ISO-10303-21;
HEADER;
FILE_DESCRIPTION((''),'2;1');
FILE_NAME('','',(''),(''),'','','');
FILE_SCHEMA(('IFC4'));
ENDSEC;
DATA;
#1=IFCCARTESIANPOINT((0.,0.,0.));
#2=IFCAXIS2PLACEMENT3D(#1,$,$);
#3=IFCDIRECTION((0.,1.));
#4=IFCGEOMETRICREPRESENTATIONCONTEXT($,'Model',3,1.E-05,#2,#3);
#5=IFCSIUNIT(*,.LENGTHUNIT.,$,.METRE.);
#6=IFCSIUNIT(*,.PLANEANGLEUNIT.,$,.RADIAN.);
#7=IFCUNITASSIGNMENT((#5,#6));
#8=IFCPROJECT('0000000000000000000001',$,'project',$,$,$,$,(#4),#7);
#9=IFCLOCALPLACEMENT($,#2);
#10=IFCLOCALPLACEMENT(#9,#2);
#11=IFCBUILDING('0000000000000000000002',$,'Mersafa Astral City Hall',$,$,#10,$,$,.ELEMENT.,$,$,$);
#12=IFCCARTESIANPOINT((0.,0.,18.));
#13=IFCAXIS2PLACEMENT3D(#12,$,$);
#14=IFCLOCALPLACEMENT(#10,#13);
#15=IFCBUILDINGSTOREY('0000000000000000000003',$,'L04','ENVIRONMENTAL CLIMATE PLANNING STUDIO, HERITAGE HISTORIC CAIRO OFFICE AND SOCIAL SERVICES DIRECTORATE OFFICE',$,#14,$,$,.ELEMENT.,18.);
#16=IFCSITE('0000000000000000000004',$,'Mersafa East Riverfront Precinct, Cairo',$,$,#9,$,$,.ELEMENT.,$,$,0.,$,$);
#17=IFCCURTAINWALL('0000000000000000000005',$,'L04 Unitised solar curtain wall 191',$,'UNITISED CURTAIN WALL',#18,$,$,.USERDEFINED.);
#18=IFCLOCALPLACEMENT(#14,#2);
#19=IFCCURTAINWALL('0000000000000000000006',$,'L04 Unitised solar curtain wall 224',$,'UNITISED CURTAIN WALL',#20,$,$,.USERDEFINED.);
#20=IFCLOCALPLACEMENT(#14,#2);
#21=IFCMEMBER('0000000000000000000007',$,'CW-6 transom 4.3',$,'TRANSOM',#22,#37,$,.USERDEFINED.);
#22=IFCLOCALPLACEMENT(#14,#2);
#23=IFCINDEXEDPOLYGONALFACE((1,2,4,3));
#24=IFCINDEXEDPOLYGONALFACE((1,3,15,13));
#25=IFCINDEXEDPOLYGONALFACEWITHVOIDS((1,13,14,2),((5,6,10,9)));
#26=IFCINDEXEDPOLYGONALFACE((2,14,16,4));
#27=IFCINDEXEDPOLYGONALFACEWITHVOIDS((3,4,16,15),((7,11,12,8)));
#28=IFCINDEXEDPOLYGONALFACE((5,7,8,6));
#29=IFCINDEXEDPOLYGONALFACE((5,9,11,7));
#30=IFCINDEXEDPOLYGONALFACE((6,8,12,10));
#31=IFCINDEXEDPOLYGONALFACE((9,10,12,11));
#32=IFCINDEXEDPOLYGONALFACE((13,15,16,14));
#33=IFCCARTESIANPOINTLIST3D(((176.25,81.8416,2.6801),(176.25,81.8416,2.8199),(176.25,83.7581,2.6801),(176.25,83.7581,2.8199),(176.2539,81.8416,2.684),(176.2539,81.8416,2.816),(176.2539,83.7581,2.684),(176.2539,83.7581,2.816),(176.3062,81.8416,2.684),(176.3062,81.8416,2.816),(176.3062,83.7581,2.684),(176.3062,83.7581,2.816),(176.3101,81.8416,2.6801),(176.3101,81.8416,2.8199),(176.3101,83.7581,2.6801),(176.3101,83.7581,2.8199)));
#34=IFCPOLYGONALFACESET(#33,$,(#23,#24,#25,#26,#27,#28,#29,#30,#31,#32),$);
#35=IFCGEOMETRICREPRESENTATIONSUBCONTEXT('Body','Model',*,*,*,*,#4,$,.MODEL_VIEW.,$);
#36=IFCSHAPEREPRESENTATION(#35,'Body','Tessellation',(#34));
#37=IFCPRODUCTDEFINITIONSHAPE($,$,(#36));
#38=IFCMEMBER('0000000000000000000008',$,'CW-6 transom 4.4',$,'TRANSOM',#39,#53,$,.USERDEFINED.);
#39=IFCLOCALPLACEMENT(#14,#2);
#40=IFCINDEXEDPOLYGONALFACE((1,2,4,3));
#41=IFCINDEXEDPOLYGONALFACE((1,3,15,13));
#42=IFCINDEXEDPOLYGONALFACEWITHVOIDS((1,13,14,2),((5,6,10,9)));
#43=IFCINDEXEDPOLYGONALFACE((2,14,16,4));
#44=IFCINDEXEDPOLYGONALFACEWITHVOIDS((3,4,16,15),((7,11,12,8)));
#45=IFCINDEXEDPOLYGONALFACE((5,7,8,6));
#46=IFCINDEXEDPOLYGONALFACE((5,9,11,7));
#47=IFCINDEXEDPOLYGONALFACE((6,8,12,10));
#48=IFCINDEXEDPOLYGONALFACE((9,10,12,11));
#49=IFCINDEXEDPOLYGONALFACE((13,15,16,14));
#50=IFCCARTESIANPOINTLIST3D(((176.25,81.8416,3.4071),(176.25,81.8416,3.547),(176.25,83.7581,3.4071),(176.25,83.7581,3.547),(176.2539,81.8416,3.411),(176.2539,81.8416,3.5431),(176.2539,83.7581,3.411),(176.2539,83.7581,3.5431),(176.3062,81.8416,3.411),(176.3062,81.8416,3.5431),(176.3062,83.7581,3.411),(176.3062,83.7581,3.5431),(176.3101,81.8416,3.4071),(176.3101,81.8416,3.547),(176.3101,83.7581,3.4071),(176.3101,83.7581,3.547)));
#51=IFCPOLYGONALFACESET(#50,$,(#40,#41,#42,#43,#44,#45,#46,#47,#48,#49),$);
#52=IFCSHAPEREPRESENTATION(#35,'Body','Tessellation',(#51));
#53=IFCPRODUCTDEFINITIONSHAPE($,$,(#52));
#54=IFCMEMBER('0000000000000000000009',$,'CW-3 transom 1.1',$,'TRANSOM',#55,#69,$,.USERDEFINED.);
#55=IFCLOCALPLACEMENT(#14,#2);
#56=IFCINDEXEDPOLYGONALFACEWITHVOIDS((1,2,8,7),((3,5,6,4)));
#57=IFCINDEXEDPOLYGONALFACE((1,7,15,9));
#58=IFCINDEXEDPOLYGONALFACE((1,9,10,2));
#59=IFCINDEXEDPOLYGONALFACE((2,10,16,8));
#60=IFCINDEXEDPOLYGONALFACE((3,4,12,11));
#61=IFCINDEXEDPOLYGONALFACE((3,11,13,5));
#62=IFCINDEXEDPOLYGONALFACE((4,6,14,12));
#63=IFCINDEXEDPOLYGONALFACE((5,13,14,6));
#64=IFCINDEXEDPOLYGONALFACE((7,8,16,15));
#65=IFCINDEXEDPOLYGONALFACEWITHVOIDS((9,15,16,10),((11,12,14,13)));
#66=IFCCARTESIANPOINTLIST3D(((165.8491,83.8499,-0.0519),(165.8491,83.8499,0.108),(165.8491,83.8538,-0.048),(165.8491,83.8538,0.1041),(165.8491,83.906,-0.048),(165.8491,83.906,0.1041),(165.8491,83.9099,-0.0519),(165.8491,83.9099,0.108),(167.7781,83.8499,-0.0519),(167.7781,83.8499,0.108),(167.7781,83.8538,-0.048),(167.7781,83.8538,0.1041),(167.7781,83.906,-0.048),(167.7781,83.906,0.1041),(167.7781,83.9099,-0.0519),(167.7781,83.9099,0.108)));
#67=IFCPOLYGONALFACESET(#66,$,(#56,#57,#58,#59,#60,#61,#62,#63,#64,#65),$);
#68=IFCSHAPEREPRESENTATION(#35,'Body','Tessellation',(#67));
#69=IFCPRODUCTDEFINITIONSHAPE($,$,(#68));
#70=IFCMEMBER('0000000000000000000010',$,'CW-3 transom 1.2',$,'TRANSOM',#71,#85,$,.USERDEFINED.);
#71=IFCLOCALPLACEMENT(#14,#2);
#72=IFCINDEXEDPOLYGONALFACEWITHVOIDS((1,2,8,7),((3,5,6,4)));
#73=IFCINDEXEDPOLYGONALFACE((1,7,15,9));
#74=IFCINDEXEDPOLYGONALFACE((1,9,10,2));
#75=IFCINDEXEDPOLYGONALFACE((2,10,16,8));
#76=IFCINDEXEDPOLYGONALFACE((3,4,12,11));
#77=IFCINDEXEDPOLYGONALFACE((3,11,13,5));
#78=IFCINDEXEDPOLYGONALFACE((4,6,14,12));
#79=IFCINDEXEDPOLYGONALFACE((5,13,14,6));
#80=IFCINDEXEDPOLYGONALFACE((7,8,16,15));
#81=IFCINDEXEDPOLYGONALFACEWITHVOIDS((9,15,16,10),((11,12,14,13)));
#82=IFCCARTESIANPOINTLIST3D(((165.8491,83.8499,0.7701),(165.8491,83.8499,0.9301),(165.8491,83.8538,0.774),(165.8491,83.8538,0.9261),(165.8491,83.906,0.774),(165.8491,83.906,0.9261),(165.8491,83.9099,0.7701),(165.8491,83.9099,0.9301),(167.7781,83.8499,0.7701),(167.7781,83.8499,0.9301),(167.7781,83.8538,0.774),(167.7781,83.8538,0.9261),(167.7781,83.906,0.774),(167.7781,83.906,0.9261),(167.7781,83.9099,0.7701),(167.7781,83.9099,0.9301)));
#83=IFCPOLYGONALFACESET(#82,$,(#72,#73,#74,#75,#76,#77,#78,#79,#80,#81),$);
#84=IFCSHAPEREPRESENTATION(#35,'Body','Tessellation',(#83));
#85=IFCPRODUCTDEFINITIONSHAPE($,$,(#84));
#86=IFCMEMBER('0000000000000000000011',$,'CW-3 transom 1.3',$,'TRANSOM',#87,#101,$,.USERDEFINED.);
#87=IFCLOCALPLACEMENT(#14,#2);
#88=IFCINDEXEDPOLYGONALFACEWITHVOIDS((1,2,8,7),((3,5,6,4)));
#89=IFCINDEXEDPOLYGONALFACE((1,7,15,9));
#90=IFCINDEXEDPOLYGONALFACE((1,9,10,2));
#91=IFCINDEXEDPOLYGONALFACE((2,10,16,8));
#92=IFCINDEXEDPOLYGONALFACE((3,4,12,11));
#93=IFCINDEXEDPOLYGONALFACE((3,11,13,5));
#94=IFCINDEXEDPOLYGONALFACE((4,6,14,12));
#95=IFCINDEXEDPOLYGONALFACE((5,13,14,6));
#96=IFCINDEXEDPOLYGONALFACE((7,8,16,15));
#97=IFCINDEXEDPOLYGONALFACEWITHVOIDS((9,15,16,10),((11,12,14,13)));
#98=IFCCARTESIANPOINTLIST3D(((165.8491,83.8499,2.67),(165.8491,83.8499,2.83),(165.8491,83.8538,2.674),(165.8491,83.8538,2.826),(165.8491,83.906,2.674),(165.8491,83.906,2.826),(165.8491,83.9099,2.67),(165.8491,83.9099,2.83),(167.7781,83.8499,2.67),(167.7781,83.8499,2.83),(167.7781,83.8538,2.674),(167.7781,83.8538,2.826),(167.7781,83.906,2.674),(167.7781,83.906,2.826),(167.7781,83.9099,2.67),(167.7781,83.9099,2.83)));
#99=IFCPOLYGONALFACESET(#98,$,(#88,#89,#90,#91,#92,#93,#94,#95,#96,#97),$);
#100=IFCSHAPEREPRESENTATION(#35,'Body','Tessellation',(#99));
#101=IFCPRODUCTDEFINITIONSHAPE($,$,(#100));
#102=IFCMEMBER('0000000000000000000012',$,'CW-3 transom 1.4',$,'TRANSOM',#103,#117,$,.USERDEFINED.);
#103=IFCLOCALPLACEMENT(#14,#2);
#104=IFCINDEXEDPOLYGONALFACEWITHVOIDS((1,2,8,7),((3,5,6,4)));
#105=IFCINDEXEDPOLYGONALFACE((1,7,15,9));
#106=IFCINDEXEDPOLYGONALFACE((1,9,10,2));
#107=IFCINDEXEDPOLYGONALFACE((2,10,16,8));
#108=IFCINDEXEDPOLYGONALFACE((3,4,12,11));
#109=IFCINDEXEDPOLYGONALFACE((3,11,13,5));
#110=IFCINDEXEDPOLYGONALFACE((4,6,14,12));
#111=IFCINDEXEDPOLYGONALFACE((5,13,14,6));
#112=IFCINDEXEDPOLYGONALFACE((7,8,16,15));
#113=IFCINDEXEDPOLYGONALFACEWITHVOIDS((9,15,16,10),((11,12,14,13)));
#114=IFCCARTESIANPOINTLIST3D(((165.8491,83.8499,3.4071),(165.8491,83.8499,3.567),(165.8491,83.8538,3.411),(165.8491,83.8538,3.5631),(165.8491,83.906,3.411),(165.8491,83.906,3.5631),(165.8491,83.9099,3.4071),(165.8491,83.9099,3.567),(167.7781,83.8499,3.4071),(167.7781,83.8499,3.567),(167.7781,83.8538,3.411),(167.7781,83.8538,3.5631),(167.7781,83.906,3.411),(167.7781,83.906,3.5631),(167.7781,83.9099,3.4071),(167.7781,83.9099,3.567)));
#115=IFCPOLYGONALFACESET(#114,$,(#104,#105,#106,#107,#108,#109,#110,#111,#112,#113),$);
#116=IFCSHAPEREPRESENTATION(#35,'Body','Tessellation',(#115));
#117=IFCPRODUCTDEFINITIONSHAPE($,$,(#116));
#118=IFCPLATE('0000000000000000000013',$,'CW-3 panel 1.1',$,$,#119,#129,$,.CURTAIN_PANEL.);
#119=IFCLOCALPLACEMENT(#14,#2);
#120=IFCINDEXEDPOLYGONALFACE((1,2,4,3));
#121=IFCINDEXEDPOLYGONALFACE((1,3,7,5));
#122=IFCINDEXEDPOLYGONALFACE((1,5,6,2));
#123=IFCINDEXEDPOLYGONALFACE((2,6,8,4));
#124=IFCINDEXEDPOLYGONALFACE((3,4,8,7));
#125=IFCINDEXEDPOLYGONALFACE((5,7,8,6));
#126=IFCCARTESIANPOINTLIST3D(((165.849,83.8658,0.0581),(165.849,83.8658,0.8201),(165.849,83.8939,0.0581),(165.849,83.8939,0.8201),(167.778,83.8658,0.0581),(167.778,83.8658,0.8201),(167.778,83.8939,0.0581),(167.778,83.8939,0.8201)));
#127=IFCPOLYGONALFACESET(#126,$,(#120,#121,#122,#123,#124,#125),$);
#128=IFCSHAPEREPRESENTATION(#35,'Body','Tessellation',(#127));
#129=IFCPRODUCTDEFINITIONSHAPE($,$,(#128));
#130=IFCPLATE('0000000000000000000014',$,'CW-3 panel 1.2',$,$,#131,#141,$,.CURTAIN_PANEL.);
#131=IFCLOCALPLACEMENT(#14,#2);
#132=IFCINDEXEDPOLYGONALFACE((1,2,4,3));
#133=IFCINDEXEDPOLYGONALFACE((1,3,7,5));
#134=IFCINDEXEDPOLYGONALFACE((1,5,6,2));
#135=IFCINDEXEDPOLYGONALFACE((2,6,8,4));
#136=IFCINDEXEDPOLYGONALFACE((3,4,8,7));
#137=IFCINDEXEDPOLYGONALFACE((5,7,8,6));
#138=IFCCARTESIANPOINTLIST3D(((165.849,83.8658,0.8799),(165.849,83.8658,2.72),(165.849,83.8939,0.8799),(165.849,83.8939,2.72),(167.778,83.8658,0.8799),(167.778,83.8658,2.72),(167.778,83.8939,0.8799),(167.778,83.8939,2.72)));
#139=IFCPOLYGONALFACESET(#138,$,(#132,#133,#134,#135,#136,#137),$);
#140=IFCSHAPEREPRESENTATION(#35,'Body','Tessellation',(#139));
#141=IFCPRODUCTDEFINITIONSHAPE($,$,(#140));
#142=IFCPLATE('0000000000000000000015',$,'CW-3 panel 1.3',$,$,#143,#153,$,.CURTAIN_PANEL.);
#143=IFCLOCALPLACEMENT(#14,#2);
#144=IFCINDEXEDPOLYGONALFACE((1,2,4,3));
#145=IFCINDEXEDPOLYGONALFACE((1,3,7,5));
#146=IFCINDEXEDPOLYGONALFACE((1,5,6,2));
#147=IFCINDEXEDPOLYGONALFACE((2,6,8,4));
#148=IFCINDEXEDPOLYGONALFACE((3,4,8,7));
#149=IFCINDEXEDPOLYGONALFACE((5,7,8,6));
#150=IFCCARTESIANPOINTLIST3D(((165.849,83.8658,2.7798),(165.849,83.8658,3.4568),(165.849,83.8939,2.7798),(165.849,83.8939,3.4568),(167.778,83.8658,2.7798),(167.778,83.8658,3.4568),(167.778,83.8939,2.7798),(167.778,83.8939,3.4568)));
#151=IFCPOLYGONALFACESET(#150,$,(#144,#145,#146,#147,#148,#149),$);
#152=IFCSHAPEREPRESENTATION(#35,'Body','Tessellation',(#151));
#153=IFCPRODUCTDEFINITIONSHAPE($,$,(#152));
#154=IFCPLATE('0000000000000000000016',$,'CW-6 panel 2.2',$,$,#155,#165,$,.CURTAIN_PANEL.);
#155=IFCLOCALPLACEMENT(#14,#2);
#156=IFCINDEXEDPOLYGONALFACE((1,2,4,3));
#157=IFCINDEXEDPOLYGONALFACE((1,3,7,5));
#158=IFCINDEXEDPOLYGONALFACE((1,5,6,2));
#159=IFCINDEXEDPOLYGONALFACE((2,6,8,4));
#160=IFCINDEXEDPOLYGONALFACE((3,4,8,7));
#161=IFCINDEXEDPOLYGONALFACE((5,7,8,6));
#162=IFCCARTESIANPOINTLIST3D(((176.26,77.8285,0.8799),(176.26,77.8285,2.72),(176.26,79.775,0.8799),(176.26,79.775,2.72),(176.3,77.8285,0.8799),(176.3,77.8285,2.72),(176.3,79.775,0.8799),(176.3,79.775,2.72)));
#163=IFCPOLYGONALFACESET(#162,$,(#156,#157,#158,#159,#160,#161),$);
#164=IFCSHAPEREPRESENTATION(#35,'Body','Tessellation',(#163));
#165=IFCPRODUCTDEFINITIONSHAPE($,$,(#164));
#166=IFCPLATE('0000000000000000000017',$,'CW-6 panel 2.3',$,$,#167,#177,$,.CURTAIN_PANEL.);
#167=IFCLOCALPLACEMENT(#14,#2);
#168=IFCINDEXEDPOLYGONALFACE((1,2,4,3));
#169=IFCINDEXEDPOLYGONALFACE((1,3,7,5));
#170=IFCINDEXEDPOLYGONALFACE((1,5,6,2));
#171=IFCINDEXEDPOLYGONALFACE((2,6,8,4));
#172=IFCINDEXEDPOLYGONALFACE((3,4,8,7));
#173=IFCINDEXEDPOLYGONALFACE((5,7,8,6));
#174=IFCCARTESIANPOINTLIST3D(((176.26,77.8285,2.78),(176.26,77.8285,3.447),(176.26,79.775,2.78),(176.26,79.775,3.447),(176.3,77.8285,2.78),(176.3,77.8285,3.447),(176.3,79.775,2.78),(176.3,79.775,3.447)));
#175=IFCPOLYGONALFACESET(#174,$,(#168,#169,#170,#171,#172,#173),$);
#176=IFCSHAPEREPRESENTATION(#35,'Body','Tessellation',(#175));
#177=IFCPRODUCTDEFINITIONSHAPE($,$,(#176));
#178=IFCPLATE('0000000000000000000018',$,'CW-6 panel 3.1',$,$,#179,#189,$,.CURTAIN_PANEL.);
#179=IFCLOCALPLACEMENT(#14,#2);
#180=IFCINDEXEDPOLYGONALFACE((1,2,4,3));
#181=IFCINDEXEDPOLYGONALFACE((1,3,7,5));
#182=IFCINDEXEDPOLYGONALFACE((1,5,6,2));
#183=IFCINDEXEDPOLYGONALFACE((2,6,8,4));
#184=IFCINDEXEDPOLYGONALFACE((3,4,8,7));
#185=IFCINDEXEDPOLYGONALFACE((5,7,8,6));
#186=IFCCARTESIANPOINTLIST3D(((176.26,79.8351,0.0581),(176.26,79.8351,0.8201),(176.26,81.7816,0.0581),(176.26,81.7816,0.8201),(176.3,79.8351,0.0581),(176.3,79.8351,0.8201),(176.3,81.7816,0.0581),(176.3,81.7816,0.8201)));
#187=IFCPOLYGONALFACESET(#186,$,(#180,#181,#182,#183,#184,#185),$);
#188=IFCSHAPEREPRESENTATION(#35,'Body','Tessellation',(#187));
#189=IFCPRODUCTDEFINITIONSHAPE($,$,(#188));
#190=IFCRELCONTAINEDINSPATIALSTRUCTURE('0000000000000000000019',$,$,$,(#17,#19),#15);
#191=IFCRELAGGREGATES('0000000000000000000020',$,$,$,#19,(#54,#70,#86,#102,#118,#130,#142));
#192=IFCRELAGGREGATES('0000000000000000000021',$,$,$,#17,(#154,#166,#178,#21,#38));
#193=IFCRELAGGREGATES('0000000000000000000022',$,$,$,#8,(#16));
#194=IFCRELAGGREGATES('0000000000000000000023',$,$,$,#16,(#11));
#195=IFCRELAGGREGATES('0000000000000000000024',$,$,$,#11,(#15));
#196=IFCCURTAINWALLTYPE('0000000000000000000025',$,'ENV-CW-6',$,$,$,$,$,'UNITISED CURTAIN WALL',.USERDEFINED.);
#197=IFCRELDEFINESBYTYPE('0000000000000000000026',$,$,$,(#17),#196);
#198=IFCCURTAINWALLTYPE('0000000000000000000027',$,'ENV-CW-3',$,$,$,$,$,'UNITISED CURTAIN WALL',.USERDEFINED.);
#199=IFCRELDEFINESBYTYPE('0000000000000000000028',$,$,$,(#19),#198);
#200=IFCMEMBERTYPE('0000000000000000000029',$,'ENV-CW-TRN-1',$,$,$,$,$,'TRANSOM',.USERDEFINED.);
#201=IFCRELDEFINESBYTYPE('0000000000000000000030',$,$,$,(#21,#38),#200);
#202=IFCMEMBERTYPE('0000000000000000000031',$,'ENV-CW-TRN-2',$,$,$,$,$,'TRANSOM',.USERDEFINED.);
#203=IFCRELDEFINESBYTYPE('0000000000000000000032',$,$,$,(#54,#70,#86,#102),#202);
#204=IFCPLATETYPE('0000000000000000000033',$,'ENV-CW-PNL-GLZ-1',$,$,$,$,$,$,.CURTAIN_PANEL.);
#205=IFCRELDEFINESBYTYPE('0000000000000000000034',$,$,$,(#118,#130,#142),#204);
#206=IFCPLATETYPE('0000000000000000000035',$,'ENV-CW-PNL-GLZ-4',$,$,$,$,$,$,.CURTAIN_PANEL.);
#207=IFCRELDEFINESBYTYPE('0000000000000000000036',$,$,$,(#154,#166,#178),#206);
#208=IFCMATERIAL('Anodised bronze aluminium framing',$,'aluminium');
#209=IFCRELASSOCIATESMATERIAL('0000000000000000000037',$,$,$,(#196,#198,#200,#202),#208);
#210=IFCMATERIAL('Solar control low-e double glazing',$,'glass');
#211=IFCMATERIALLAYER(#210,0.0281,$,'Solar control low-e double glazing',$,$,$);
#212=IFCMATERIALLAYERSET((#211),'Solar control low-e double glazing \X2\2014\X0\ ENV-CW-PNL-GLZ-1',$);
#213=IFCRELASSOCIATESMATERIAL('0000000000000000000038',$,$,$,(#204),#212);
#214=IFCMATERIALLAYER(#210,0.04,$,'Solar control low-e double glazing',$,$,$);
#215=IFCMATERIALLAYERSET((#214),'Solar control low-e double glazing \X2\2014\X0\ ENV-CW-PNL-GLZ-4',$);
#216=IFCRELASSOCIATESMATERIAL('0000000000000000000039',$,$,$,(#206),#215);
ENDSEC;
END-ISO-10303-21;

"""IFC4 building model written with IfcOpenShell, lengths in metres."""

from ifc_helpers import new_model, si_unit, direction, frame, origin, origin_2d, place, context, subcontext, project, spatial, rectangle, hollow_rectangle, extrude, material, layer, layer_set, material_profile, profile_set, type_object, element, aggregate, save


model = new_model("IFC4")

# Units and contexts
model_context = context("Model", 3, precision=1e-05, world=origin(), true_north=direction((0.0, 1.0)))
body_context = subcontext(model_context, "Body", "Model", "MODEL_VIEW")
ifc_project = project(units=[si_unit("LENGTHUNIT", "METRE"), si_unit("PLANEANGLEUNIT", "RADIAN")], contexts=[model_context])

# Site, building, storey
site_placement = place(None, origin())
site = spatial("IfcSite", under=ifc_project, at=site_placement, Name="Mersafa East Riverfront Precinct, Cairo", CompositionType="ELEMENT", RefElevation=0.0)
building_placement = place(site_placement, origin())
building = spatial("IfcBuilding", under=site, at=building_placement, Name="Mersafa Astral City Hall", CompositionType="ELEMENT")
storey_placement = place(building_placement, frame((0.0, 0.0, 18.0)))
storey = spatial("IfcBuildingStorey", under=building, at=storey_placement, Name="L04", Description="ENVIRONMENTAL CLIMATE PLANNING STUDIO, HERITAGE HISTORIC CAIRO OFFICE AND SOCIAL SERVICES DIRECTORATE OFFICE", CompositionType="ELEMENT", Elevation=18.0)

# Curtain walls
ifc_material_1 = material(Name="Anodised bronze aluminium framing", Category="aluminium")
curtain_wall_type_1 = type_object("IfcCurtainWallType", Name="ENV-CW-6", ElementType="UNITISED CURTAIN WALL", PredefinedType="USERDEFINED", material=ifc_material_1)
curtain_wall_1_placement = place(storey_placement, origin())
curtain_wall_1 = element("IfcCurtainWall", 1, at=curtain_wall_1_placement, inside=storey, type_object=curtain_wall_type_1, Name="L04 Unitised solar curtain wall 191", ObjectType="UNITISED CURTAIN WALL", PredefinedType="USERDEFINED")
curtain_wall_type_2 = type_object("IfcCurtainWallType", Name="ENV-CW-3", ElementType="UNITISED CURTAIN WALL", PredefinedType="USERDEFINED", material=ifc_material_1)
curtain_wall_2_placement = place(storey_placement, origin())
curtain_wall_2 = element("IfcCurtainWall", 2, at=curtain_wall_2_placement, inside=storey, type_object=curtain_wall_type_2, Name="L04 Unitised solar curtain wall 224", ObjectType="UNITISED CURTAIN WALL", PredefinedType="USERDEFINED")

# Members
ifc_material_profile_1 = material_profile(ifc_material_1, hollow_rectangle(XDim=0.0601, YDim=0.1399, WallThickness=0.0039, at=origin_2d()), Name="RHS 60x140x4")
ifc_profile_set_1 = profile_set([ifc_material_profile_1], Name="Anodised bronze aluminium framing")
member_type_1 = type_object("IfcMemberType", Name="ENV-CW-TRN-1", ElementType="TRANSOM", PredefinedType="USERDEFINED", material=ifc_profile_set_1)
member_1_placement = place(storey_placement, frame((176.28, 81.8416, 2.75), z_axis=(0.0, 1.0, 0.0), x_axis=(-1.0, 0.0, 0.0)))
member_1 = element("IfcMember", 3, at=member_1_placement, type_object=member_type_1, Name="CW-6 transom 4.3", ObjectType="TRANSOM", PredefinedType="USERDEFINED", context=body_context, shape_type="SweptSolid", body=[
    extrude(hollow_rectangle(XDim=0.0601, YDim=0.1399, WallThickness=0.0039, at=origin_2d()), origin(), (0.0, 0.0, 1.0), 1.9165),
])
member_2_placement = place(storey_placement, frame((176.28, 81.8416, 3.4771), z_axis=(0.0, 1.0, 0.0), x_axis=(-1.0, 0.0, 0.0)))
member_2 = element("IfcMember", 4, at=member_2_placement, type_object=member_type_1, Name="CW-6 transom 4.4", ObjectType="TRANSOM", PredefinedType="USERDEFINED", context=body_context, shape_type="SweptSolid", body=[
    extrude(hollow_rectangle(XDim=0.0601, YDim=0.1399, WallThickness=0.0039, at=origin_2d()), origin(), (0.0, 0.0, 1.0), 1.9165),
])
ifc_material_profile_2 = material_profile(ifc_material_1, hollow_rectangle(XDim=0.0601, YDim=0.1599, WallThickness=0.0039, at=origin_2d()), Name="RHS 60x160x4")
ifc_profile_set_2 = profile_set([ifc_material_profile_2], Name="Anodised bronze aluminium framing")
member_type_2 = type_object("IfcMemberType", Name="ENV-CW-TRN-2", ElementType="TRANSOM", PredefinedType="USERDEFINED", material=ifc_profile_set_2)
member_3_placement = place(storey_placement, frame((167.7781, 83.8799, 0.0281), z_axis=(-1.0, 0.0, 0.0), x_axis=(0.0, -1.0, 0.0)))
member_3 = element("IfcMember", 5, at=member_3_placement, type_object=member_type_2, Name="CW-3 transom 1.1", ObjectType="TRANSOM", PredefinedType="USERDEFINED", context=body_context, shape_type="SweptSolid", body=[
    extrude(hollow_rectangle(XDim=0.0601, YDim=0.1599, WallThickness=0.0039, at=origin_2d()), origin(), (0.0, 0.0, 1.0), 1.929),
])
member_4_placement = place(storey_placement, frame((167.7781, 83.8799, 0.8501), z_axis=(-1.0, 0.0, 0.0), x_axis=(0.0, -1.0, 0.0)))
member_4 = element("IfcMember", 6, at=member_4_placement, type_object=member_type_2, Name="CW-3 transom 1.2", ObjectType="TRANSOM", PredefinedType="USERDEFINED", context=body_context, shape_type="SweptSolid", body=[
    extrude(hollow_rectangle(XDim=0.0601, YDim=0.1599, WallThickness=0.0039, at=origin_2d()), origin(), (0.0, 0.0, 1.0), 1.929),
])
member_5_placement = place(storey_placement, frame((167.7781, 83.8799, 2.75), z_axis=(-1.0, 0.0, 0.0), x_axis=(0.0, -1.0, 0.0)))
member_5 = element("IfcMember", 7, at=member_5_placement, type_object=member_type_2, Name="CW-3 transom 1.3", ObjectType="TRANSOM", PredefinedType="USERDEFINED", context=body_context, shape_type="SweptSolid", body=[
    extrude(hollow_rectangle(XDim=0.0601, YDim=0.1599, WallThickness=0.0039, at=origin_2d()), origin(), (0.0, 0.0, 1.0), 1.929),
])
member_6_placement = place(storey_placement, frame((167.7781, 83.8799, 3.4871), z_axis=(-1.0, 0.0, 0.0), x_axis=(0.0, -1.0, 0.0)))
member_6 = element("IfcMember", 8, at=member_6_placement, type_object=member_type_2, Name="CW-3 transom 1.4", ObjectType="TRANSOM", PredefinedType="USERDEFINED", context=body_context, shape_type="SweptSolid", body=[
    extrude(hollow_rectangle(XDim=0.0601, YDim=0.1599, WallThickness=0.0039, at=origin_2d()), origin(), (0.0, 0.0, 1.0), 1.929),
])

# Plates
ifc_material_2 = material(Name="Solar control low-e double glazing", Category="glass")
ifc_layer_1 = layer(ifc_material_2, 0.0281, Name="Solar control low-e double glazing")
ifc_layer_set_1 = layer_set([ifc_layer_1], Name="Solar control low-e double glazing — ENV-CW-PNL-GLZ-1")
plate_type_1 = type_object("IfcPlateType", Name="ENV-CW-PNL-GLZ-1", PredefinedType="CURTAIN_PANEL", material=ifc_layer_set_1)
plate_1_placement = place(storey_placement, frame((166.8135, 83.8799, 0.0581), z_axis=(0.0, 0.0, 1.0), x_axis=(-1.0, 0.0, 0.0)))
plate_1 = element("IfcPlate", 9, at=plate_1_placement, type_object=plate_type_1, Name="CW-3 panel 1.1", PredefinedType="CURTAIN_PANEL", context=body_context, shape_type="SweptSolid", body=[
    extrude(rectangle(XDim=1.929, YDim=0.0281, at=origin_2d()), origin(), (0.0, 0.0, 1.0), 0.762),
])
plate_2_placement = place(storey_placement, frame((166.8135, 83.8799, 0.8799), z_axis=(0.0, 0.0, 1.0), x_axis=(-1.0, 0.0, 0.0)))
plate_2 = element("IfcPlate", 10, at=plate_2_placement, type_object=plate_type_1, Name="CW-3 panel 1.2", PredefinedType="CURTAIN_PANEL", context=body_context, shape_type="SweptSolid", body=[
    extrude(rectangle(XDim=1.929, YDim=0.0281, at=origin_2d()), origin(), (0.0, 0.0, 1.0), 1.8401),
])
plate_3_placement = place(storey_placement, frame((166.8135, 83.8799, 2.7798), z_axis=(0.0, 0.0, 1.0), x_axis=(-1.0, 0.0, 0.0)))
plate_3 = element("IfcPlate", 11, at=plate_3_placement, type_object=plate_type_1, Name="CW-3 panel 1.3", PredefinedType="CURTAIN_PANEL", context=body_context, shape_type="SweptSolid", body=[
    extrude(rectangle(XDim=1.929, YDim=0.0281, at=origin_2d()), origin(), (0.0, 0.0, 1.0), 0.677),
])
aggregate(curtain_wall_2, [member_3, member_4, member_5, member_6, plate_1, plate_2, plate_3])
ifc_layer_2 = layer(ifc_material_2, 0.04, Name="Solar control low-e double glazing")
ifc_layer_set_2 = layer_set([ifc_layer_2], Name="Solar control low-e double glazing — ENV-CW-PNL-GLZ-4")
plate_type_2 = type_object("IfcPlateType", Name="ENV-CW-PNL-GLZ-4", PredefinedType="CURTAIN_PANEL", material=ifc_layer_set_2)
plate_4_placement = place(storey_placement, frame((176.28, 78.8018, 0.8799), z_axis=(0.0, 0.0, 1.0), x_axis=(0.0, 1.0, 0.0)))
plate_4 = element("IfcPlate", 12, at=plate_4_placement, type_object=plate_type_2, Name="CW-6 panel 2.2", PredefinedType="CURTAIN_PANEL", context=body_context, shape_type="SweptSolid", body=[
    extrude(rectangle(XDim=1.9465, YDim=0.04, at=origin_2d()), origin(), (0.0, 0.0, 1.0), 1.8401),
])
plate_5_placement = place(storey_placement, frame((176.28, 78.8018, 2.78), z_axis=(0.0, 0.0, 1.0), x_axis=(0.0, 1.0, 0.0)))
plate_5 = element("IfcPlate", 13, at=plate_5_placement, type_object=plate_type_2, Name="CW-6 panel 2.3", PredefinedType="CURTAIN_PANEL", context=body_context, shape_type="SweptSolid", body=[
    extrude(rectangle(XDim=1.9465, YDim=0.04, at=origin_2d()), origin(), (0.0, 0.0, 1.0), 0.667),
])
plate_6_placement = place(storey_placement, frame((176.28, 80.8083, 0.0581), z_axis=(0.0, 0.0, 1.0), x_axis=(0.0, 1.0, 0.0)))
plate_6 = element("IfcPlate", 14, at=plate_6_placement, type_object=plate_type_2, Name="CW-6 panel 3.1", PredefinedType="CURTAIN_PANEL", context=body_context, shape_type="SweptSolid", body=[
    extrude(rectangle(XDim=1.9465, YDim=0.04, at=origin_2d()), origin(), (0.0, 0.0, 1.0), 0.762),
])
aggregate(curtain_wall_1, [plate_4, plate_5, plate_6, member_1, member_2])

save(model, "model.ifc")
